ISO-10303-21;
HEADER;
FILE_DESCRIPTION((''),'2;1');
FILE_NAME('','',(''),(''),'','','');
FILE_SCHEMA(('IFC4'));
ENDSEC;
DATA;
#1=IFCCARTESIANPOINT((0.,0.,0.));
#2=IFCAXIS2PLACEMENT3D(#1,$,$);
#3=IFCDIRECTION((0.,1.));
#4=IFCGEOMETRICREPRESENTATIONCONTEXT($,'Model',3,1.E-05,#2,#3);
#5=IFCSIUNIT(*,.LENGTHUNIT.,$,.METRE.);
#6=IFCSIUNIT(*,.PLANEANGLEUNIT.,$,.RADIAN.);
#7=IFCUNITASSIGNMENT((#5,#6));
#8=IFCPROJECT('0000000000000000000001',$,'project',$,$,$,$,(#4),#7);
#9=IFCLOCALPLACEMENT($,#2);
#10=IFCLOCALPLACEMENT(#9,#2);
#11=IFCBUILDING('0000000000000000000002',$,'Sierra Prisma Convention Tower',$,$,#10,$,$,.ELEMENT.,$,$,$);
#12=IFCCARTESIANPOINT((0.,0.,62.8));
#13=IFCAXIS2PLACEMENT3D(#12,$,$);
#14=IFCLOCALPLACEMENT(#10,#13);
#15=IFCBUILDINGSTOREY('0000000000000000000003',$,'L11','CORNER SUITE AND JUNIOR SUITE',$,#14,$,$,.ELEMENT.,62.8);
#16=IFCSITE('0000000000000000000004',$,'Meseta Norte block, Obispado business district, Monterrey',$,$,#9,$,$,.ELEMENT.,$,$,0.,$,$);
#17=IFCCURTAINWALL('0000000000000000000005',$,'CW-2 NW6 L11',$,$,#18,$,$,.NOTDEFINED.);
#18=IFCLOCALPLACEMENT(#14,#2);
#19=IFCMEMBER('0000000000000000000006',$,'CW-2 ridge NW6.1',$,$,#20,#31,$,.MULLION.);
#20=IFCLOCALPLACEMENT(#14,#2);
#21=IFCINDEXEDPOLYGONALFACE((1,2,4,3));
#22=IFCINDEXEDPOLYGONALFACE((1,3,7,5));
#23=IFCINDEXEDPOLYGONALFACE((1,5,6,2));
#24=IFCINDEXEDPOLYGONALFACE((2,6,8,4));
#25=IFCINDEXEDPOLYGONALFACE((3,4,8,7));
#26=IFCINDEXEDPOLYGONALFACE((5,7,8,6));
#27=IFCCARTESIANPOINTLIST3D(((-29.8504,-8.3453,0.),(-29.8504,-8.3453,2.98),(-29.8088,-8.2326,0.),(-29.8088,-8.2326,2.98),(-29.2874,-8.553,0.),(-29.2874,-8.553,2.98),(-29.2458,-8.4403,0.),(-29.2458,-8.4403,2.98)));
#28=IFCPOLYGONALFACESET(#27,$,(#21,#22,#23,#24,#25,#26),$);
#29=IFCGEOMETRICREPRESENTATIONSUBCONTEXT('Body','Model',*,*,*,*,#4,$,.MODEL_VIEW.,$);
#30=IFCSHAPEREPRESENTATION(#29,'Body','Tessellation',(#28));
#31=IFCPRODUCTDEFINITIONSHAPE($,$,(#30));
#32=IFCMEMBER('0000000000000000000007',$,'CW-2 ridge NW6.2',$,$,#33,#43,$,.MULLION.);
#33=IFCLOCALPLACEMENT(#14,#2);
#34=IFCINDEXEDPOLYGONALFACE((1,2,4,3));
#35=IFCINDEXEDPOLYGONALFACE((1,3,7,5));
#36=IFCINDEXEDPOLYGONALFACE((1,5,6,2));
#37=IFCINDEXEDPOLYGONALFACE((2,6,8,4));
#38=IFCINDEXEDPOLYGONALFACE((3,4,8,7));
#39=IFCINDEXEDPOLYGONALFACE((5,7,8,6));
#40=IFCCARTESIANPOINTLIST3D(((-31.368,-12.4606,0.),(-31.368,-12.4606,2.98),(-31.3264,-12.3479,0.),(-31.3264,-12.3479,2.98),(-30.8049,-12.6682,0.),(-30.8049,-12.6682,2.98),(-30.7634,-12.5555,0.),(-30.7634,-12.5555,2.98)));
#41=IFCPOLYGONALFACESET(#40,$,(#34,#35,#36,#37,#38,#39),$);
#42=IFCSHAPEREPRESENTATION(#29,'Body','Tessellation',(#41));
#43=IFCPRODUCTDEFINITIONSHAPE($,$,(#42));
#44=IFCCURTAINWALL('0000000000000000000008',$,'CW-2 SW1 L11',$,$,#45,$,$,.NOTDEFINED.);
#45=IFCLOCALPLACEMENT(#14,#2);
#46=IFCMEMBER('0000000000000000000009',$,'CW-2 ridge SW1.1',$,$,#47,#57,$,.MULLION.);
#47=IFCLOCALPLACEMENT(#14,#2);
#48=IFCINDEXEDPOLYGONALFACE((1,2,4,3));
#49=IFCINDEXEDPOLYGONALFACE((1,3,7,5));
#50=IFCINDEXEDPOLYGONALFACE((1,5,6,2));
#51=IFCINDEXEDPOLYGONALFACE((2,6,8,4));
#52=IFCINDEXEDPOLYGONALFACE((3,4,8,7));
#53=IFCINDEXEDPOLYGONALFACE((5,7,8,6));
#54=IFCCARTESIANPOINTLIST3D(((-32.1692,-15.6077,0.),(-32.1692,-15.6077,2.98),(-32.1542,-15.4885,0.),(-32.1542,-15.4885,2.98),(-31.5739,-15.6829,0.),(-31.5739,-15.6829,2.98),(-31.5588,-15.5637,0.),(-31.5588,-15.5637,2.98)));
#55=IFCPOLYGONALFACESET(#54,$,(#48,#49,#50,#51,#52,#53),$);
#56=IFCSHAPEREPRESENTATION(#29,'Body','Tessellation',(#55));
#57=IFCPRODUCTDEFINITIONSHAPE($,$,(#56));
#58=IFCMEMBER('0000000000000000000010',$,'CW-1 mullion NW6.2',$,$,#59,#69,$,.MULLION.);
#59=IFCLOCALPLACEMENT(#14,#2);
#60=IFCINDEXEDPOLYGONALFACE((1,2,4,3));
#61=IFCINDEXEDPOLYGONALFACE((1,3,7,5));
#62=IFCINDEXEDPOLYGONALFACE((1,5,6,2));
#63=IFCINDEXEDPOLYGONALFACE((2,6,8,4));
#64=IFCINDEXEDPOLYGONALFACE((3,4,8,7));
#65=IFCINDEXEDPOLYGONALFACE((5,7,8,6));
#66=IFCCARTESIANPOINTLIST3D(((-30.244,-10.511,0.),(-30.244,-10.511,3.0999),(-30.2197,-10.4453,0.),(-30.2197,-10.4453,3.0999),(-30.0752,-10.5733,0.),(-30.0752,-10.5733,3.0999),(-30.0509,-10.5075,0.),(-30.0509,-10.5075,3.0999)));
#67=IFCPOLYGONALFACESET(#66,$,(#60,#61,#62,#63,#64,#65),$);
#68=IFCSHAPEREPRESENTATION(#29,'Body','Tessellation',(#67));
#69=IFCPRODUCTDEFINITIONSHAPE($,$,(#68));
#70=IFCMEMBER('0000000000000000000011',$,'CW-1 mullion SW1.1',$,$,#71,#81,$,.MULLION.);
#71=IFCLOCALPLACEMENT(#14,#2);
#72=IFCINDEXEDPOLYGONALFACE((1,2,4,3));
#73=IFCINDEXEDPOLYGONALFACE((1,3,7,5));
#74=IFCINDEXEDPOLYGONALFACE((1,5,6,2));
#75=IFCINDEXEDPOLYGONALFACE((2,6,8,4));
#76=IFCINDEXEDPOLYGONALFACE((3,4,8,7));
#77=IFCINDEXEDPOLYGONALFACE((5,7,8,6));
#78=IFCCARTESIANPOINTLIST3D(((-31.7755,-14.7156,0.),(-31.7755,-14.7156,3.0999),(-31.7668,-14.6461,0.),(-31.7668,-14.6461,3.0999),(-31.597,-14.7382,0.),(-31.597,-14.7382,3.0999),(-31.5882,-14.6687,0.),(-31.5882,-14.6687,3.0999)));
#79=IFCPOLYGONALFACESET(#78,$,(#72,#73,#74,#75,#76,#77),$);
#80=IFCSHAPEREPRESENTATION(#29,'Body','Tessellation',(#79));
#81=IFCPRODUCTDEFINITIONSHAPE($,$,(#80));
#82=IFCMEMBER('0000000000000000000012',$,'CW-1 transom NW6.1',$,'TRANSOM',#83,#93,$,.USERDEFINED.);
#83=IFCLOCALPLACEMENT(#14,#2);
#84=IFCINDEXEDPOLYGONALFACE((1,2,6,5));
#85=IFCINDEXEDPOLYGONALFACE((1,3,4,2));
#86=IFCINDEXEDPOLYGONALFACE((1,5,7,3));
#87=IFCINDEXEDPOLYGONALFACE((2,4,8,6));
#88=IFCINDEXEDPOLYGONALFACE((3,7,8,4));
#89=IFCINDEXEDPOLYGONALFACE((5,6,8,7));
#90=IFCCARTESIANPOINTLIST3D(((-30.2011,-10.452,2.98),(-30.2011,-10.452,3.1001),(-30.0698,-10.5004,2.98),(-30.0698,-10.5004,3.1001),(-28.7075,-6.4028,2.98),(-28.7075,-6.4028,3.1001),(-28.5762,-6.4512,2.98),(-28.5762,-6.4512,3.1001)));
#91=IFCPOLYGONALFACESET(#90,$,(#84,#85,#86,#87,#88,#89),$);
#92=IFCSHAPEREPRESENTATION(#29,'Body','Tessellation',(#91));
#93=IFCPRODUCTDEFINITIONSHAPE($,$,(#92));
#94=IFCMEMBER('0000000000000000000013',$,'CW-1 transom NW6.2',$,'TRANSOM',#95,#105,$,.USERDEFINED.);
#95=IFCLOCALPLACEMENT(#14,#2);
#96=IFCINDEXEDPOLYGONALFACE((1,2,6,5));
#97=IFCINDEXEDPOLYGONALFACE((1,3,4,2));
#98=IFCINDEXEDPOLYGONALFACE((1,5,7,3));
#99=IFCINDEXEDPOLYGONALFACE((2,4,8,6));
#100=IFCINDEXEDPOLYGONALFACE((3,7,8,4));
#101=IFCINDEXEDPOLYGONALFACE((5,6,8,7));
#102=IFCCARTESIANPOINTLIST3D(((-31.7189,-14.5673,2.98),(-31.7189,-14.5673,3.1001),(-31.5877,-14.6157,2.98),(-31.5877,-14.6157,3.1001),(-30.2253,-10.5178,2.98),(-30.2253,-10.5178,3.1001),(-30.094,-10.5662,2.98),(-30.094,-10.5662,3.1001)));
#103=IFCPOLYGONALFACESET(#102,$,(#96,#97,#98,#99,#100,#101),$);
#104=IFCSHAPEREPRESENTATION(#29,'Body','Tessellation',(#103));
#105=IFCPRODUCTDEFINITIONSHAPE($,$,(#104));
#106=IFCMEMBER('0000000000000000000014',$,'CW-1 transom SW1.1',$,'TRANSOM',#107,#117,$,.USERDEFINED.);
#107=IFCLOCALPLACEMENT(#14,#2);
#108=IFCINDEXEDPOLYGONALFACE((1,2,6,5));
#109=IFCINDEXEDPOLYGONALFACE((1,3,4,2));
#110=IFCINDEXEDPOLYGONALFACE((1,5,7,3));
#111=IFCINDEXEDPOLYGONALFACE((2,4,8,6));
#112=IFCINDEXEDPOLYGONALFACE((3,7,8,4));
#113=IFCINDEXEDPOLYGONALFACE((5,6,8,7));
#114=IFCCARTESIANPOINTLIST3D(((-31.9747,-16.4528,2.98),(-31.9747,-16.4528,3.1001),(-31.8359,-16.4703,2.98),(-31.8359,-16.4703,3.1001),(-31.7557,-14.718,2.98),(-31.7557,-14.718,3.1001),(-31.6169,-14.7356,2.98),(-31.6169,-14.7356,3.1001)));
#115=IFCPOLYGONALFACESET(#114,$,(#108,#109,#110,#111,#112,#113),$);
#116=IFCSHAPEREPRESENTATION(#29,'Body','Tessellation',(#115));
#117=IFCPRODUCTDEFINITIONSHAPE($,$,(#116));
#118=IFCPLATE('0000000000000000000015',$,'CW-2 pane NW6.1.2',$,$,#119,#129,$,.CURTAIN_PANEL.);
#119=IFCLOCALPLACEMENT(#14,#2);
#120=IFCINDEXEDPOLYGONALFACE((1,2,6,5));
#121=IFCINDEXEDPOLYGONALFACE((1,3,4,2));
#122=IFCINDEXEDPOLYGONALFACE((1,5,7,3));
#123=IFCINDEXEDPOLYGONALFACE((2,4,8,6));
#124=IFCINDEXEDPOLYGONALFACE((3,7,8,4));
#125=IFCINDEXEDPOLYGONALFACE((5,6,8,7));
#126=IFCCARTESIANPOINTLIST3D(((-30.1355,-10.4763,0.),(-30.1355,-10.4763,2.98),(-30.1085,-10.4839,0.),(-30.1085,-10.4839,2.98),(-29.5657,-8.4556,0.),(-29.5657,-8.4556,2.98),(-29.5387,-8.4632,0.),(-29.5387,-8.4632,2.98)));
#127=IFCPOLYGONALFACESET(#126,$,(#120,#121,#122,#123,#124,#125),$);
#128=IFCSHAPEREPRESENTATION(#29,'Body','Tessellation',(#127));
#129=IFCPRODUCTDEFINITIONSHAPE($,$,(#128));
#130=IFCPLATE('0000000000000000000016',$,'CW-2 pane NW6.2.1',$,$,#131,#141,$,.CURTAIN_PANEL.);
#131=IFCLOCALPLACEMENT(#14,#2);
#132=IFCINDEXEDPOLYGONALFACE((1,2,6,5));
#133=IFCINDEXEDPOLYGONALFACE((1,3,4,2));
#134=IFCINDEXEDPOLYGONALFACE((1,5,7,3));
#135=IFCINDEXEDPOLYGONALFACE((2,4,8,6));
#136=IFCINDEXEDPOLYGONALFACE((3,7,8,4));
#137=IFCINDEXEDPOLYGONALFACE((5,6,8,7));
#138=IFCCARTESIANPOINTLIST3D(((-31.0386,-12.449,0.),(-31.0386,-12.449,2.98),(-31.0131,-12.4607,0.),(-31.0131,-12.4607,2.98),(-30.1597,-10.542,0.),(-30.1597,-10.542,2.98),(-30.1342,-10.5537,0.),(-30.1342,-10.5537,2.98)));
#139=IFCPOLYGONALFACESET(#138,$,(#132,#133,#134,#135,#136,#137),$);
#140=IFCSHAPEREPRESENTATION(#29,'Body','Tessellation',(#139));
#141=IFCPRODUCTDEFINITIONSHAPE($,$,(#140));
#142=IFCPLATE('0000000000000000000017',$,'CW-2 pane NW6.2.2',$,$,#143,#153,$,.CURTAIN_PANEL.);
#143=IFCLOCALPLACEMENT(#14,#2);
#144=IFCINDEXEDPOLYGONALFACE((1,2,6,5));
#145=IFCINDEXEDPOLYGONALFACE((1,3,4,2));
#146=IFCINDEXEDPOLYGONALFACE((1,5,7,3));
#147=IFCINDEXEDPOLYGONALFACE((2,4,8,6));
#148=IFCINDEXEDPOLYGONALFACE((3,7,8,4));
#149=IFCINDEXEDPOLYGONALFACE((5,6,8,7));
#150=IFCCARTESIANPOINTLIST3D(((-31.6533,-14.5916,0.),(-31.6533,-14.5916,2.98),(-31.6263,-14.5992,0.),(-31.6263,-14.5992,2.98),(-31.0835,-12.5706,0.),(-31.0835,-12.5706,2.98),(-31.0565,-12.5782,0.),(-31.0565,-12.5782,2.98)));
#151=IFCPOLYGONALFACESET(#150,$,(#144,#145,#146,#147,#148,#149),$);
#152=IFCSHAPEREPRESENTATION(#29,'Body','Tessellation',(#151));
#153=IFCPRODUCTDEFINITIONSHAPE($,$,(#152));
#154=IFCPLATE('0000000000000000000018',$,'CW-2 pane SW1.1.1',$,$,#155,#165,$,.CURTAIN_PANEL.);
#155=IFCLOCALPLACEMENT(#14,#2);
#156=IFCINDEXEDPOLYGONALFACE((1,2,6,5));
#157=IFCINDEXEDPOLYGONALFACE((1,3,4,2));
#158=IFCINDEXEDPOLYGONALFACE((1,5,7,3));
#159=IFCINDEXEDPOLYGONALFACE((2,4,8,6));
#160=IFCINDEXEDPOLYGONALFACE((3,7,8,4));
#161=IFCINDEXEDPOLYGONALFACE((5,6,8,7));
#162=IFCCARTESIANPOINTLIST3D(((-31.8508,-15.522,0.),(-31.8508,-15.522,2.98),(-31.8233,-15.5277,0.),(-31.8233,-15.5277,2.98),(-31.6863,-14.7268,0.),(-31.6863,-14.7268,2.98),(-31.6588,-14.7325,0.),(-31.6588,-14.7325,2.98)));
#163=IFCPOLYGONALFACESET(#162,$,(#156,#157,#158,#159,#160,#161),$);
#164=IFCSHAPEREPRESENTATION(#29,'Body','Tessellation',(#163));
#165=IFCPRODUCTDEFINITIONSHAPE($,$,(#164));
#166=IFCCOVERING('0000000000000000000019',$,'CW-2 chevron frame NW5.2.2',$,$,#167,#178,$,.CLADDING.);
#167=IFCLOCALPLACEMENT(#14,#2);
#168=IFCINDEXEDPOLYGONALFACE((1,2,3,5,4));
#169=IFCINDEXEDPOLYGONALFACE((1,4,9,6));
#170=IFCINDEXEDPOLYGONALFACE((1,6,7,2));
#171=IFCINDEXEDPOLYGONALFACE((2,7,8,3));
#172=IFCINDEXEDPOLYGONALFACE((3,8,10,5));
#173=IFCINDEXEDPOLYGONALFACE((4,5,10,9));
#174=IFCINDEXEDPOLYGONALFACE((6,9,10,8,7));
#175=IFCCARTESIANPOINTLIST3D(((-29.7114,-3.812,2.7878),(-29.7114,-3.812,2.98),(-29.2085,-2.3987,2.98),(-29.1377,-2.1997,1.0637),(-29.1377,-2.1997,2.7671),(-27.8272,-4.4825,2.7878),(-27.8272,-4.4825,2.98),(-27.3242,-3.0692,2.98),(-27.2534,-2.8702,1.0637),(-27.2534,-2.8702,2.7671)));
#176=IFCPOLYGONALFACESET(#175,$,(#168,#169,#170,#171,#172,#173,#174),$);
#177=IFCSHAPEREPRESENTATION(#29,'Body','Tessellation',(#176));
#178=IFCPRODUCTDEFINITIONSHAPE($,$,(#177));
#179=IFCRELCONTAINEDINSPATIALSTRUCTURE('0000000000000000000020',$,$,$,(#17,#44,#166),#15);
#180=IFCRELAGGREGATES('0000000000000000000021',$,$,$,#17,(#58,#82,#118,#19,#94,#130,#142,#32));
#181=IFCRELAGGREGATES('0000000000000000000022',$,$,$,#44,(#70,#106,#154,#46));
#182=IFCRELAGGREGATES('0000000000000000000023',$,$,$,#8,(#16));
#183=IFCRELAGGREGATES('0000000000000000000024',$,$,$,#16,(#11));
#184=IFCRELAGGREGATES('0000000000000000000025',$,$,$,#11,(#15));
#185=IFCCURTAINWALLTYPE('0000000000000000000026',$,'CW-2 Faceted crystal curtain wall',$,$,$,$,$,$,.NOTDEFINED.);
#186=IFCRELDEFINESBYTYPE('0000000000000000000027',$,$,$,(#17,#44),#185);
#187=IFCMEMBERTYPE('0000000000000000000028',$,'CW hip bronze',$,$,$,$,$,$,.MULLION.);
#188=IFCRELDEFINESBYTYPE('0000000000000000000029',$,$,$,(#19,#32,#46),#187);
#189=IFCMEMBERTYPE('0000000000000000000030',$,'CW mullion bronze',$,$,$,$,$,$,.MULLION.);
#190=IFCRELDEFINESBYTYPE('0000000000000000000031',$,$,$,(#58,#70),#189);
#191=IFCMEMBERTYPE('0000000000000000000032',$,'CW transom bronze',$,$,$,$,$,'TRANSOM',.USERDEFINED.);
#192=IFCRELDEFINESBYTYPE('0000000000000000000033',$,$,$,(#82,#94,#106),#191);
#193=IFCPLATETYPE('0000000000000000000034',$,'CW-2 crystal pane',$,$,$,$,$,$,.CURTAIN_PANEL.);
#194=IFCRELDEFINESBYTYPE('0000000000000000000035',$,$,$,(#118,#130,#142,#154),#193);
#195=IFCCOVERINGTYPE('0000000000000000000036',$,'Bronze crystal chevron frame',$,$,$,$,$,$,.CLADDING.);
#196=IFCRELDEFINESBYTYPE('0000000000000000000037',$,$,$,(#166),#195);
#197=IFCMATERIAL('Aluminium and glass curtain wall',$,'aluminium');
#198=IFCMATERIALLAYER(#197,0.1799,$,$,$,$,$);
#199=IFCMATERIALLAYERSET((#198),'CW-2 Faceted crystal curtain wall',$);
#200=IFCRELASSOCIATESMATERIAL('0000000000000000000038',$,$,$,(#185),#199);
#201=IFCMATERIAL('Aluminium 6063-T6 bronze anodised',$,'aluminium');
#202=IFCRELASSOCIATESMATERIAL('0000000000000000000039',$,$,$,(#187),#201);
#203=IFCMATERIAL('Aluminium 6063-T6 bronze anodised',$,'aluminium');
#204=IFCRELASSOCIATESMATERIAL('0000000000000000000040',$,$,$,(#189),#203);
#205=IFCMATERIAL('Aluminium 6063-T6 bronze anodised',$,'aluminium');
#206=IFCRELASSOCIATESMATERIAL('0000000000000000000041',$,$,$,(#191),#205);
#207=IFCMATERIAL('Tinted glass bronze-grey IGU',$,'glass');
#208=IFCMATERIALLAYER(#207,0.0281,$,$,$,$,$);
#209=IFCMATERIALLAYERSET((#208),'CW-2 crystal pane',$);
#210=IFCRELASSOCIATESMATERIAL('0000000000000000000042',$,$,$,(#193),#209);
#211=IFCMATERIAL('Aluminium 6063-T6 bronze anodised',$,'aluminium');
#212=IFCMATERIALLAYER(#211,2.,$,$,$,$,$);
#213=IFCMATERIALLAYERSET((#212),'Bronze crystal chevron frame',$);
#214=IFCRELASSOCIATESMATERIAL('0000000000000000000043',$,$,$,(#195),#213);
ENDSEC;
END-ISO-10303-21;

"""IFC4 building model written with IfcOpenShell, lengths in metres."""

from ifc_helpers import new_model, si_unit, direction, frame, origin, origin_2d, place, context, subcontext, project, spatial, polyline, rectangle, outline, extrude, material, layer, layer_set, material_profile, profile_set, type_object, element, aggregate, save


model = new_model("IFC4")

# Units and contexts
model_context = context("Model", 3, precision=1e-05, world=origin(), true_north=direction((0.0, 1.0)))
body_context = subcontext(model_context, "Body", "Model", "MODEL_VIEW")
ifc_project = project(units=[si_unit("LENGTHUNIT", "METRE"), si_unit("PLANEANGLEUNIT", "RADIAN")], contexts=[model_context])

# Site, building, storey
site_placement = place(None, origin())
site = spatial("IfcSite", under=ifc_project, at=site_placement, Name="Meseta Norte block, Obispado business district, Monterrey", CompositionType="ELEMENT", RefElevation=0.0)
building_placement = place(site_placement, origin())
building = spatial("IfcBuilding", under=site, at=building_placement, Name="Sierra Prisma Convention Tower", CompositionType="ELEMENT")
storey_placement = place(building_placement, frame((0.0, 0.0, 62.8)))
storey = spatial("IfcBuildingStorey", under=building, at=storey_placement, Name="L11", Description="CORNER SUITE AND JUNIOR SUITE", CompositionType="ELEMENT", Elevation=62.8)

# Curtain wall, members
ifc_material_1 = material(Name="Aluminium and glass curtain wall", Category="aluminium")
ifc_layer_1 = layer(ifc_material_1, 0.1799)
ifc_layer_set_1 = layer_set([ifc_layer_1], Name="CW-2 Faceted crystal curtain wall")
curtain_wall_type = type_object("IfcCurtainWallType", Name="CW-2 Faceted crystal curtain wall", PredefinedType="NOTDEFINED", material=ifc_layer_set_1)
curtain_wall_1_placement = place(storey_placement, origin())
curtain_wall_1 = element("IfcCurtainWall", 1, at=curtain_wall_1_placement, inside=storey, type_object=curtain_wall_type, Name="CW-2 NW6 L11", PredefinedType="NOTDEFINED")
ifc_material_2 = material(Name="Aluminium 6063-T6 bronze anodised", Category="aluminium")
ifc_material_profile_1 = material_profile(ifc_material_2, rectangle(XDim=0.1201, YDim=0.6001, at=origin_2d()), Name="ALU RIDGE BLADE 120x600")
ifc_profile_set_1 = profile_set([ifc_material_profile_1], Name="Aluminium 6063-T6 bronze anodised")
member_type_1 = type_object("IfcMemberType", Name="CW hip bronze", PredefinedType="MULLION", material=ifc_profile_set_1)
member_1_placement = place(storey_placement, frame((-29.5481, -8.3928, 0.0), z_axis=(0.0, 0.0, 1.0), x_axis=(-0.346043, -0.938219, 0.0)))
member_1 = element("IfcMember", 2, at=member_1_placement, type_object=member_type_1, Name="CW-2 ridge NW6.1", PredefinedType="MULLION", context=body_context, shape_type="SweptSolid", body=[
    extrude(rectangle(XDim=0.1201, YDim=0.6001, at=origin_2d()), origin(), (0.0, 0.0, 1.0), 2.98),
])
member_2_placement = place(storey_placement, frame((-31.0657, -12.5081, 0.0), z_axis=(0.0, 0.0, 1.0), x_axis=(-0.346043, -0.938219, 0.0)))
member_2 = element("IfcMember", 3, at=member_2_placement, type_object=member_type_1, Name="CW-2 ridge NW6.2", PredefinedType="MULLION", context=body_context, shape_type="SweptSolid", body=[
    extrude(rectangle(XDim=0.1201, YDim=0.6001, at=origin_2d()), origin(), (0.0, 0.0, 1.0), 2.98),
])

# Curtain wall, member
curtain_wall_2_placement = place(storey_placement, origin())
curtain_wall_2 = element("IfcCurtainWall", 4, at=curtain_wall_2_placement, inside=storey, type_object=curtain_wall_type, Name="CW-2 SW1 L11", PredefinedType="NOTDEFINED")
member_3_placement = place(storey_placement, frame((-31.864, -15.5857, 0.0), z_axis=(0.0, 0.0, 1.0), x_axis=(-0.125312, -0.992117, 0.0)))
member_3 = element("IfcMember", 5, at=member_3_placement, type_object=member_type_1, Name="CW-2 ridge SW1.1", PredefinedType="MULLION", context=body_context, shape_type="SweptSolid", body=[
    extrude(rectangle(XDim=0.1201, YDim=0.6001, at=origin_2d()), origin(), (0.0, 0.0, 1.0), 2.98),
])

# Members
ifc_material_3 = material(Name="Aluminium 6063-T6 bronze anodised", Category="aluminium")
ifc_material_profile_2 = material_profile(ifc_material_3, rectangle(XDim=0.1799, YDim=0.0701, at=origin_2d()), Name="ALU MULLION 70x180")
ifc_profile_set_2 = profile_set([ifc_material_profile_2], Name="Aluminium 6063-T6 bronze anodised")
member_type_2 = type_object("IfcMemberType", Name="CW mullion bronze", PredefinedType="MULLION", material=ifc_profile_set_2)
member_4_placement = place(storey_placement, frame((-30.1475, -10.5093, 0.0), z_axis=(0.0, 0.0, 1.0), x_axis=(0.938219, -0.346043, 0.0)))
member_4 = element("IfcMember", 6, at=member_4_placement, type_object=member_type_2, Name="CW-1 mullion NW6.2", PredefinedType="MULLION", context=body_context, shape_type="SweptSolid", body=[
    extrude(rectangle(XDim=0.1799, YDim=0.0701, at=origin_2d()), origin(), (0.0, 0.0, 1.0), 3.0999),
])
member_5_placement = place(storey_placement, frame((-31.6819, -14.6921, 0.0), z_axis=(0.0, 0.0, 1.0), x_axis=(0.992117, -0.125312, 0.0)))
member_5 = element("IfcMember", 7, at=member_5_placement, type_object=member_type_2, Name="CW-1 mullion SW1.1", PredefinedType="MULLION", context=body_context, shape_type="SweptSolid", body=[
    extrude(rectangle(XDim=0.1799, YDim=0.0701, at=origin_2d()), origin(), (0.0, 0.0, 1.0), 3.0999),
])
ifc_material_4 = material(Name="Aluminium 6063-T6 bronze anodised", Category="aluminium")
ifc_material_profile_3 = material_profile(ifc_material_4, rectangle(XDim=0.1399, YDim=0.1201, at=origin_2d()), Name="ALU TRANSOM 120x140")
ifc_profile_set_3 = profile_set([ifc_material_profile_3], Name="Aluminium 6063-T6 bronze anodised")
member_type_3 = type_object("IfcMemberType", Name="CW transom bronze", ElementType="TRANSOM", PredefinedType="USERDEFINED", material=ifc_profile_set_3)
member_6_placement = place(storey_placement, frame((-28.6418, -6.427, 3.04), z_axis=(-0.346072, -0.938208, 0.0), x_axis=(0.938208, -0.346072, 0.0)))
member_6 = element("IfcMember", 8, at=member_6_placement, type_object=member_type_3, Name="CW-1 transom NW6.1", ObjectType="TRANSOM", PredefinedType="USERDEFINED", context=body_context, shape_type="SweptSolid", body=[
    extrude(rectangle(XDim=0.1399, YDim=0.1201, at=origin_2d()), origin(), (0.0, 0.0, 1.0), 4.3159),
])
member_7_placement = place(storey_placement, frame((-30.1597, -10.542, 3.04), z_axis=(-0.346054, -0.938215, 0.0), x_axis=(0.938215, -0.346054, 0.0)))
member_7 = element("IfcMember", 9, at=member_7_placement, type_object=member_type_3, Name="CW-1 transom NW6.2", ObjectType="TRANSOM", PredefinedType="USERDEFINED", context=body_context, shape_type="SweptSolid", body=[
    extrude(rectangle(XDim=0.1399, YDim=0.1201, at=origin_2d()), origin(), (0.0, 0.0, 1.0), 4.3162),
])
member_8_placement = place(storey_placement, frame((-31.6863, -14.7268, 3.04), z_axis=(-0.125238, -0.992127, 0.0), x_axis=(0.992127, -0.125238, 0.0)))
member_8 = element("IfcMember", 10, at=member_8_placement, type_object=member_type_3, Name="CW-1 transom SW1.1", ObjectType="TRANSOM", PredefinedType="USERDEFINED", context=body_context, shape_type="SweptSolid", body=[
    extrude(rectangle(XDim=0.1399, YDim=0.1201, at=origin_2d()), origin(), (0.0, 0.0, 1.0), 1.7485),
])

# Plates
ifc_material_5 = material(Name="Tinted glass bronze-grey IGU", Category="glass")
ifc_layer_2 = layer(ifc_material_5, 0.0281)
ifc_layer_set_2 = layer_set([ifc_layer_2], Name="CW-2 crystal pane")
plate_type = type_object("IfcPlateType", Name="CW-2 crystal pane", PredefinedType="CURTAIN_PANEL", material=ifc_layer_set_2)
plate_1_placement = place(storey_placement, frame((-30.1355, -10.4763, 0.0), z_axis=(-0.962466, 0.271402, 0.0), x_axis=(0.271402, 0.962466, 0.0)))
plate_1 = element("IfcPlate", 11, at=plate_1_placement, type_object=plate_type, Name="CW-2 pane NW6.1.2", PredefinedType="CURTAIN_PANEL", context=body_context, shape_type="SweptSolid", body=[
    extrude(outline(polyline([(0.0, 0.0), (2.0996, 0.0), (2.0996, -2.98), (0.0, -2.98), (0.0, 0.0)])), origin(), (0.0, 0.0, -1.0), 0.0281),
])
plate_2_placement = place(storey_placement, frame((-30.1597, -10.542, 0.0), z_axis=(-0.908184, 0.418571, 0.0), x_axis=(-0.418571, -0.908184, 0.0)))
plate_2 = element("IfcPlate", 12, at=plate_2_placement, type_object=plate_type, Name="CW-2 pane NW6.2.1", PredefinedType="CURTAIN_PANEL", context=body_context, shape_type="SweptSolid", body=[
    extrude(outline(polyline([(0.0, 0.0), (2.0998, 0.0), (2.0998, 2.98), (0.0, 2.98), (0.0, 0.0)])), origin(), (0.0, 0.0, -1.0), 0.0281),
])
plate_3_placement = place(storey_placement, frame((-31.6533, -14.5916, 0.0), z_axis=(-0.962475, 0.271372, 0.0), x_axis=(0.271372, 0.962475, 0.0)))
plate_3 = element("IfcPlate", 13, at=plate_3_placement, type_object=plate_type, Name="CW-2 pane NW6.2.2", PredefinedType="CURTAIN_PANEL", context=body_context, shape_type="SweptSolid", body=[
    extrude(outline(polyline([(0.0, 0.0), (2.0998, 0.0), (2.0998, -2.98), (0.0, -2.98), (0.0, 0.0)])), origin(), (0.0, 0.0, -1.0), 0.0281),
])
aggregate(curtain_wall_1, [member_4, member_6, plate_1, member_1, member_7, plate_2, plate_3, member_2])
plate_4_placement = place(storey_placement, frame((-31.6863, -14.7268, 0.0), z_axis=(-0.979252, 0.202645, 0.0), x_axis=(-0.202645, -0.979252, 0.0)))
plate_4 = element("IfcPlate", 14, at=plate_4_placement, type_object=plate_type, Name="CW-2 pane SW1.1.1", PredefinedType="CURTAIN_PANEL", context=body_context, shape_type="SweptSolid", body=[
    extrude(outline(polyline([(0.0, 0.0), (0.812, 0.0), (0.812, 2.98), (0.0, 2.98), (0.0, 0.0)])), origin(), (0.0, 0.0, -1.0), 0.0281),
])
aggregate(curtain_wall_2, [member_5, member_8, plate_4, member_3])

# Covering
ifc_material_6 = material(Name="Aluminium 6063-T6 bronze anodised", Category="aluminium")
ifc_layer_3 = layer(ifc_material_6, 2.0)
ifc_layer_set_3 = layer_set([ifc_layer_3], Name="Bronze crystal chevron frame")
covering_type = type_object("IfcCoveringType", Name="Bronze crystal chevron frame", PredefinedType="CLADDING", material=ifc_layer_set_3)
covering_1_placement = place(storey_placement, frame((-29.7114, -3.812, 2.98), z_axis=(-0.942129, 0.335252, 0.000002), x_axis=(0.335252, 0.942129, 0.0)))
element("IfcCovering", 15, at=covering_1_placement, inside=storey, type_object=covering_type, Name="CW-2 chevron frame NW5.2.2", PredefinedType="CLADDING", context=body_context, shape_type="SweptSolid", body=[
    extrude(outline(polyline([(0.0, 0.0), (1.5001, 0.0), (1.7113, 0.2129), (1.7113, 1.9163), (0.0, 0.1921), (0.0, 0.0)])), origin(), (0.0, 0.0, -1.0), 2.0),
])

save(model, "model.ifc")
